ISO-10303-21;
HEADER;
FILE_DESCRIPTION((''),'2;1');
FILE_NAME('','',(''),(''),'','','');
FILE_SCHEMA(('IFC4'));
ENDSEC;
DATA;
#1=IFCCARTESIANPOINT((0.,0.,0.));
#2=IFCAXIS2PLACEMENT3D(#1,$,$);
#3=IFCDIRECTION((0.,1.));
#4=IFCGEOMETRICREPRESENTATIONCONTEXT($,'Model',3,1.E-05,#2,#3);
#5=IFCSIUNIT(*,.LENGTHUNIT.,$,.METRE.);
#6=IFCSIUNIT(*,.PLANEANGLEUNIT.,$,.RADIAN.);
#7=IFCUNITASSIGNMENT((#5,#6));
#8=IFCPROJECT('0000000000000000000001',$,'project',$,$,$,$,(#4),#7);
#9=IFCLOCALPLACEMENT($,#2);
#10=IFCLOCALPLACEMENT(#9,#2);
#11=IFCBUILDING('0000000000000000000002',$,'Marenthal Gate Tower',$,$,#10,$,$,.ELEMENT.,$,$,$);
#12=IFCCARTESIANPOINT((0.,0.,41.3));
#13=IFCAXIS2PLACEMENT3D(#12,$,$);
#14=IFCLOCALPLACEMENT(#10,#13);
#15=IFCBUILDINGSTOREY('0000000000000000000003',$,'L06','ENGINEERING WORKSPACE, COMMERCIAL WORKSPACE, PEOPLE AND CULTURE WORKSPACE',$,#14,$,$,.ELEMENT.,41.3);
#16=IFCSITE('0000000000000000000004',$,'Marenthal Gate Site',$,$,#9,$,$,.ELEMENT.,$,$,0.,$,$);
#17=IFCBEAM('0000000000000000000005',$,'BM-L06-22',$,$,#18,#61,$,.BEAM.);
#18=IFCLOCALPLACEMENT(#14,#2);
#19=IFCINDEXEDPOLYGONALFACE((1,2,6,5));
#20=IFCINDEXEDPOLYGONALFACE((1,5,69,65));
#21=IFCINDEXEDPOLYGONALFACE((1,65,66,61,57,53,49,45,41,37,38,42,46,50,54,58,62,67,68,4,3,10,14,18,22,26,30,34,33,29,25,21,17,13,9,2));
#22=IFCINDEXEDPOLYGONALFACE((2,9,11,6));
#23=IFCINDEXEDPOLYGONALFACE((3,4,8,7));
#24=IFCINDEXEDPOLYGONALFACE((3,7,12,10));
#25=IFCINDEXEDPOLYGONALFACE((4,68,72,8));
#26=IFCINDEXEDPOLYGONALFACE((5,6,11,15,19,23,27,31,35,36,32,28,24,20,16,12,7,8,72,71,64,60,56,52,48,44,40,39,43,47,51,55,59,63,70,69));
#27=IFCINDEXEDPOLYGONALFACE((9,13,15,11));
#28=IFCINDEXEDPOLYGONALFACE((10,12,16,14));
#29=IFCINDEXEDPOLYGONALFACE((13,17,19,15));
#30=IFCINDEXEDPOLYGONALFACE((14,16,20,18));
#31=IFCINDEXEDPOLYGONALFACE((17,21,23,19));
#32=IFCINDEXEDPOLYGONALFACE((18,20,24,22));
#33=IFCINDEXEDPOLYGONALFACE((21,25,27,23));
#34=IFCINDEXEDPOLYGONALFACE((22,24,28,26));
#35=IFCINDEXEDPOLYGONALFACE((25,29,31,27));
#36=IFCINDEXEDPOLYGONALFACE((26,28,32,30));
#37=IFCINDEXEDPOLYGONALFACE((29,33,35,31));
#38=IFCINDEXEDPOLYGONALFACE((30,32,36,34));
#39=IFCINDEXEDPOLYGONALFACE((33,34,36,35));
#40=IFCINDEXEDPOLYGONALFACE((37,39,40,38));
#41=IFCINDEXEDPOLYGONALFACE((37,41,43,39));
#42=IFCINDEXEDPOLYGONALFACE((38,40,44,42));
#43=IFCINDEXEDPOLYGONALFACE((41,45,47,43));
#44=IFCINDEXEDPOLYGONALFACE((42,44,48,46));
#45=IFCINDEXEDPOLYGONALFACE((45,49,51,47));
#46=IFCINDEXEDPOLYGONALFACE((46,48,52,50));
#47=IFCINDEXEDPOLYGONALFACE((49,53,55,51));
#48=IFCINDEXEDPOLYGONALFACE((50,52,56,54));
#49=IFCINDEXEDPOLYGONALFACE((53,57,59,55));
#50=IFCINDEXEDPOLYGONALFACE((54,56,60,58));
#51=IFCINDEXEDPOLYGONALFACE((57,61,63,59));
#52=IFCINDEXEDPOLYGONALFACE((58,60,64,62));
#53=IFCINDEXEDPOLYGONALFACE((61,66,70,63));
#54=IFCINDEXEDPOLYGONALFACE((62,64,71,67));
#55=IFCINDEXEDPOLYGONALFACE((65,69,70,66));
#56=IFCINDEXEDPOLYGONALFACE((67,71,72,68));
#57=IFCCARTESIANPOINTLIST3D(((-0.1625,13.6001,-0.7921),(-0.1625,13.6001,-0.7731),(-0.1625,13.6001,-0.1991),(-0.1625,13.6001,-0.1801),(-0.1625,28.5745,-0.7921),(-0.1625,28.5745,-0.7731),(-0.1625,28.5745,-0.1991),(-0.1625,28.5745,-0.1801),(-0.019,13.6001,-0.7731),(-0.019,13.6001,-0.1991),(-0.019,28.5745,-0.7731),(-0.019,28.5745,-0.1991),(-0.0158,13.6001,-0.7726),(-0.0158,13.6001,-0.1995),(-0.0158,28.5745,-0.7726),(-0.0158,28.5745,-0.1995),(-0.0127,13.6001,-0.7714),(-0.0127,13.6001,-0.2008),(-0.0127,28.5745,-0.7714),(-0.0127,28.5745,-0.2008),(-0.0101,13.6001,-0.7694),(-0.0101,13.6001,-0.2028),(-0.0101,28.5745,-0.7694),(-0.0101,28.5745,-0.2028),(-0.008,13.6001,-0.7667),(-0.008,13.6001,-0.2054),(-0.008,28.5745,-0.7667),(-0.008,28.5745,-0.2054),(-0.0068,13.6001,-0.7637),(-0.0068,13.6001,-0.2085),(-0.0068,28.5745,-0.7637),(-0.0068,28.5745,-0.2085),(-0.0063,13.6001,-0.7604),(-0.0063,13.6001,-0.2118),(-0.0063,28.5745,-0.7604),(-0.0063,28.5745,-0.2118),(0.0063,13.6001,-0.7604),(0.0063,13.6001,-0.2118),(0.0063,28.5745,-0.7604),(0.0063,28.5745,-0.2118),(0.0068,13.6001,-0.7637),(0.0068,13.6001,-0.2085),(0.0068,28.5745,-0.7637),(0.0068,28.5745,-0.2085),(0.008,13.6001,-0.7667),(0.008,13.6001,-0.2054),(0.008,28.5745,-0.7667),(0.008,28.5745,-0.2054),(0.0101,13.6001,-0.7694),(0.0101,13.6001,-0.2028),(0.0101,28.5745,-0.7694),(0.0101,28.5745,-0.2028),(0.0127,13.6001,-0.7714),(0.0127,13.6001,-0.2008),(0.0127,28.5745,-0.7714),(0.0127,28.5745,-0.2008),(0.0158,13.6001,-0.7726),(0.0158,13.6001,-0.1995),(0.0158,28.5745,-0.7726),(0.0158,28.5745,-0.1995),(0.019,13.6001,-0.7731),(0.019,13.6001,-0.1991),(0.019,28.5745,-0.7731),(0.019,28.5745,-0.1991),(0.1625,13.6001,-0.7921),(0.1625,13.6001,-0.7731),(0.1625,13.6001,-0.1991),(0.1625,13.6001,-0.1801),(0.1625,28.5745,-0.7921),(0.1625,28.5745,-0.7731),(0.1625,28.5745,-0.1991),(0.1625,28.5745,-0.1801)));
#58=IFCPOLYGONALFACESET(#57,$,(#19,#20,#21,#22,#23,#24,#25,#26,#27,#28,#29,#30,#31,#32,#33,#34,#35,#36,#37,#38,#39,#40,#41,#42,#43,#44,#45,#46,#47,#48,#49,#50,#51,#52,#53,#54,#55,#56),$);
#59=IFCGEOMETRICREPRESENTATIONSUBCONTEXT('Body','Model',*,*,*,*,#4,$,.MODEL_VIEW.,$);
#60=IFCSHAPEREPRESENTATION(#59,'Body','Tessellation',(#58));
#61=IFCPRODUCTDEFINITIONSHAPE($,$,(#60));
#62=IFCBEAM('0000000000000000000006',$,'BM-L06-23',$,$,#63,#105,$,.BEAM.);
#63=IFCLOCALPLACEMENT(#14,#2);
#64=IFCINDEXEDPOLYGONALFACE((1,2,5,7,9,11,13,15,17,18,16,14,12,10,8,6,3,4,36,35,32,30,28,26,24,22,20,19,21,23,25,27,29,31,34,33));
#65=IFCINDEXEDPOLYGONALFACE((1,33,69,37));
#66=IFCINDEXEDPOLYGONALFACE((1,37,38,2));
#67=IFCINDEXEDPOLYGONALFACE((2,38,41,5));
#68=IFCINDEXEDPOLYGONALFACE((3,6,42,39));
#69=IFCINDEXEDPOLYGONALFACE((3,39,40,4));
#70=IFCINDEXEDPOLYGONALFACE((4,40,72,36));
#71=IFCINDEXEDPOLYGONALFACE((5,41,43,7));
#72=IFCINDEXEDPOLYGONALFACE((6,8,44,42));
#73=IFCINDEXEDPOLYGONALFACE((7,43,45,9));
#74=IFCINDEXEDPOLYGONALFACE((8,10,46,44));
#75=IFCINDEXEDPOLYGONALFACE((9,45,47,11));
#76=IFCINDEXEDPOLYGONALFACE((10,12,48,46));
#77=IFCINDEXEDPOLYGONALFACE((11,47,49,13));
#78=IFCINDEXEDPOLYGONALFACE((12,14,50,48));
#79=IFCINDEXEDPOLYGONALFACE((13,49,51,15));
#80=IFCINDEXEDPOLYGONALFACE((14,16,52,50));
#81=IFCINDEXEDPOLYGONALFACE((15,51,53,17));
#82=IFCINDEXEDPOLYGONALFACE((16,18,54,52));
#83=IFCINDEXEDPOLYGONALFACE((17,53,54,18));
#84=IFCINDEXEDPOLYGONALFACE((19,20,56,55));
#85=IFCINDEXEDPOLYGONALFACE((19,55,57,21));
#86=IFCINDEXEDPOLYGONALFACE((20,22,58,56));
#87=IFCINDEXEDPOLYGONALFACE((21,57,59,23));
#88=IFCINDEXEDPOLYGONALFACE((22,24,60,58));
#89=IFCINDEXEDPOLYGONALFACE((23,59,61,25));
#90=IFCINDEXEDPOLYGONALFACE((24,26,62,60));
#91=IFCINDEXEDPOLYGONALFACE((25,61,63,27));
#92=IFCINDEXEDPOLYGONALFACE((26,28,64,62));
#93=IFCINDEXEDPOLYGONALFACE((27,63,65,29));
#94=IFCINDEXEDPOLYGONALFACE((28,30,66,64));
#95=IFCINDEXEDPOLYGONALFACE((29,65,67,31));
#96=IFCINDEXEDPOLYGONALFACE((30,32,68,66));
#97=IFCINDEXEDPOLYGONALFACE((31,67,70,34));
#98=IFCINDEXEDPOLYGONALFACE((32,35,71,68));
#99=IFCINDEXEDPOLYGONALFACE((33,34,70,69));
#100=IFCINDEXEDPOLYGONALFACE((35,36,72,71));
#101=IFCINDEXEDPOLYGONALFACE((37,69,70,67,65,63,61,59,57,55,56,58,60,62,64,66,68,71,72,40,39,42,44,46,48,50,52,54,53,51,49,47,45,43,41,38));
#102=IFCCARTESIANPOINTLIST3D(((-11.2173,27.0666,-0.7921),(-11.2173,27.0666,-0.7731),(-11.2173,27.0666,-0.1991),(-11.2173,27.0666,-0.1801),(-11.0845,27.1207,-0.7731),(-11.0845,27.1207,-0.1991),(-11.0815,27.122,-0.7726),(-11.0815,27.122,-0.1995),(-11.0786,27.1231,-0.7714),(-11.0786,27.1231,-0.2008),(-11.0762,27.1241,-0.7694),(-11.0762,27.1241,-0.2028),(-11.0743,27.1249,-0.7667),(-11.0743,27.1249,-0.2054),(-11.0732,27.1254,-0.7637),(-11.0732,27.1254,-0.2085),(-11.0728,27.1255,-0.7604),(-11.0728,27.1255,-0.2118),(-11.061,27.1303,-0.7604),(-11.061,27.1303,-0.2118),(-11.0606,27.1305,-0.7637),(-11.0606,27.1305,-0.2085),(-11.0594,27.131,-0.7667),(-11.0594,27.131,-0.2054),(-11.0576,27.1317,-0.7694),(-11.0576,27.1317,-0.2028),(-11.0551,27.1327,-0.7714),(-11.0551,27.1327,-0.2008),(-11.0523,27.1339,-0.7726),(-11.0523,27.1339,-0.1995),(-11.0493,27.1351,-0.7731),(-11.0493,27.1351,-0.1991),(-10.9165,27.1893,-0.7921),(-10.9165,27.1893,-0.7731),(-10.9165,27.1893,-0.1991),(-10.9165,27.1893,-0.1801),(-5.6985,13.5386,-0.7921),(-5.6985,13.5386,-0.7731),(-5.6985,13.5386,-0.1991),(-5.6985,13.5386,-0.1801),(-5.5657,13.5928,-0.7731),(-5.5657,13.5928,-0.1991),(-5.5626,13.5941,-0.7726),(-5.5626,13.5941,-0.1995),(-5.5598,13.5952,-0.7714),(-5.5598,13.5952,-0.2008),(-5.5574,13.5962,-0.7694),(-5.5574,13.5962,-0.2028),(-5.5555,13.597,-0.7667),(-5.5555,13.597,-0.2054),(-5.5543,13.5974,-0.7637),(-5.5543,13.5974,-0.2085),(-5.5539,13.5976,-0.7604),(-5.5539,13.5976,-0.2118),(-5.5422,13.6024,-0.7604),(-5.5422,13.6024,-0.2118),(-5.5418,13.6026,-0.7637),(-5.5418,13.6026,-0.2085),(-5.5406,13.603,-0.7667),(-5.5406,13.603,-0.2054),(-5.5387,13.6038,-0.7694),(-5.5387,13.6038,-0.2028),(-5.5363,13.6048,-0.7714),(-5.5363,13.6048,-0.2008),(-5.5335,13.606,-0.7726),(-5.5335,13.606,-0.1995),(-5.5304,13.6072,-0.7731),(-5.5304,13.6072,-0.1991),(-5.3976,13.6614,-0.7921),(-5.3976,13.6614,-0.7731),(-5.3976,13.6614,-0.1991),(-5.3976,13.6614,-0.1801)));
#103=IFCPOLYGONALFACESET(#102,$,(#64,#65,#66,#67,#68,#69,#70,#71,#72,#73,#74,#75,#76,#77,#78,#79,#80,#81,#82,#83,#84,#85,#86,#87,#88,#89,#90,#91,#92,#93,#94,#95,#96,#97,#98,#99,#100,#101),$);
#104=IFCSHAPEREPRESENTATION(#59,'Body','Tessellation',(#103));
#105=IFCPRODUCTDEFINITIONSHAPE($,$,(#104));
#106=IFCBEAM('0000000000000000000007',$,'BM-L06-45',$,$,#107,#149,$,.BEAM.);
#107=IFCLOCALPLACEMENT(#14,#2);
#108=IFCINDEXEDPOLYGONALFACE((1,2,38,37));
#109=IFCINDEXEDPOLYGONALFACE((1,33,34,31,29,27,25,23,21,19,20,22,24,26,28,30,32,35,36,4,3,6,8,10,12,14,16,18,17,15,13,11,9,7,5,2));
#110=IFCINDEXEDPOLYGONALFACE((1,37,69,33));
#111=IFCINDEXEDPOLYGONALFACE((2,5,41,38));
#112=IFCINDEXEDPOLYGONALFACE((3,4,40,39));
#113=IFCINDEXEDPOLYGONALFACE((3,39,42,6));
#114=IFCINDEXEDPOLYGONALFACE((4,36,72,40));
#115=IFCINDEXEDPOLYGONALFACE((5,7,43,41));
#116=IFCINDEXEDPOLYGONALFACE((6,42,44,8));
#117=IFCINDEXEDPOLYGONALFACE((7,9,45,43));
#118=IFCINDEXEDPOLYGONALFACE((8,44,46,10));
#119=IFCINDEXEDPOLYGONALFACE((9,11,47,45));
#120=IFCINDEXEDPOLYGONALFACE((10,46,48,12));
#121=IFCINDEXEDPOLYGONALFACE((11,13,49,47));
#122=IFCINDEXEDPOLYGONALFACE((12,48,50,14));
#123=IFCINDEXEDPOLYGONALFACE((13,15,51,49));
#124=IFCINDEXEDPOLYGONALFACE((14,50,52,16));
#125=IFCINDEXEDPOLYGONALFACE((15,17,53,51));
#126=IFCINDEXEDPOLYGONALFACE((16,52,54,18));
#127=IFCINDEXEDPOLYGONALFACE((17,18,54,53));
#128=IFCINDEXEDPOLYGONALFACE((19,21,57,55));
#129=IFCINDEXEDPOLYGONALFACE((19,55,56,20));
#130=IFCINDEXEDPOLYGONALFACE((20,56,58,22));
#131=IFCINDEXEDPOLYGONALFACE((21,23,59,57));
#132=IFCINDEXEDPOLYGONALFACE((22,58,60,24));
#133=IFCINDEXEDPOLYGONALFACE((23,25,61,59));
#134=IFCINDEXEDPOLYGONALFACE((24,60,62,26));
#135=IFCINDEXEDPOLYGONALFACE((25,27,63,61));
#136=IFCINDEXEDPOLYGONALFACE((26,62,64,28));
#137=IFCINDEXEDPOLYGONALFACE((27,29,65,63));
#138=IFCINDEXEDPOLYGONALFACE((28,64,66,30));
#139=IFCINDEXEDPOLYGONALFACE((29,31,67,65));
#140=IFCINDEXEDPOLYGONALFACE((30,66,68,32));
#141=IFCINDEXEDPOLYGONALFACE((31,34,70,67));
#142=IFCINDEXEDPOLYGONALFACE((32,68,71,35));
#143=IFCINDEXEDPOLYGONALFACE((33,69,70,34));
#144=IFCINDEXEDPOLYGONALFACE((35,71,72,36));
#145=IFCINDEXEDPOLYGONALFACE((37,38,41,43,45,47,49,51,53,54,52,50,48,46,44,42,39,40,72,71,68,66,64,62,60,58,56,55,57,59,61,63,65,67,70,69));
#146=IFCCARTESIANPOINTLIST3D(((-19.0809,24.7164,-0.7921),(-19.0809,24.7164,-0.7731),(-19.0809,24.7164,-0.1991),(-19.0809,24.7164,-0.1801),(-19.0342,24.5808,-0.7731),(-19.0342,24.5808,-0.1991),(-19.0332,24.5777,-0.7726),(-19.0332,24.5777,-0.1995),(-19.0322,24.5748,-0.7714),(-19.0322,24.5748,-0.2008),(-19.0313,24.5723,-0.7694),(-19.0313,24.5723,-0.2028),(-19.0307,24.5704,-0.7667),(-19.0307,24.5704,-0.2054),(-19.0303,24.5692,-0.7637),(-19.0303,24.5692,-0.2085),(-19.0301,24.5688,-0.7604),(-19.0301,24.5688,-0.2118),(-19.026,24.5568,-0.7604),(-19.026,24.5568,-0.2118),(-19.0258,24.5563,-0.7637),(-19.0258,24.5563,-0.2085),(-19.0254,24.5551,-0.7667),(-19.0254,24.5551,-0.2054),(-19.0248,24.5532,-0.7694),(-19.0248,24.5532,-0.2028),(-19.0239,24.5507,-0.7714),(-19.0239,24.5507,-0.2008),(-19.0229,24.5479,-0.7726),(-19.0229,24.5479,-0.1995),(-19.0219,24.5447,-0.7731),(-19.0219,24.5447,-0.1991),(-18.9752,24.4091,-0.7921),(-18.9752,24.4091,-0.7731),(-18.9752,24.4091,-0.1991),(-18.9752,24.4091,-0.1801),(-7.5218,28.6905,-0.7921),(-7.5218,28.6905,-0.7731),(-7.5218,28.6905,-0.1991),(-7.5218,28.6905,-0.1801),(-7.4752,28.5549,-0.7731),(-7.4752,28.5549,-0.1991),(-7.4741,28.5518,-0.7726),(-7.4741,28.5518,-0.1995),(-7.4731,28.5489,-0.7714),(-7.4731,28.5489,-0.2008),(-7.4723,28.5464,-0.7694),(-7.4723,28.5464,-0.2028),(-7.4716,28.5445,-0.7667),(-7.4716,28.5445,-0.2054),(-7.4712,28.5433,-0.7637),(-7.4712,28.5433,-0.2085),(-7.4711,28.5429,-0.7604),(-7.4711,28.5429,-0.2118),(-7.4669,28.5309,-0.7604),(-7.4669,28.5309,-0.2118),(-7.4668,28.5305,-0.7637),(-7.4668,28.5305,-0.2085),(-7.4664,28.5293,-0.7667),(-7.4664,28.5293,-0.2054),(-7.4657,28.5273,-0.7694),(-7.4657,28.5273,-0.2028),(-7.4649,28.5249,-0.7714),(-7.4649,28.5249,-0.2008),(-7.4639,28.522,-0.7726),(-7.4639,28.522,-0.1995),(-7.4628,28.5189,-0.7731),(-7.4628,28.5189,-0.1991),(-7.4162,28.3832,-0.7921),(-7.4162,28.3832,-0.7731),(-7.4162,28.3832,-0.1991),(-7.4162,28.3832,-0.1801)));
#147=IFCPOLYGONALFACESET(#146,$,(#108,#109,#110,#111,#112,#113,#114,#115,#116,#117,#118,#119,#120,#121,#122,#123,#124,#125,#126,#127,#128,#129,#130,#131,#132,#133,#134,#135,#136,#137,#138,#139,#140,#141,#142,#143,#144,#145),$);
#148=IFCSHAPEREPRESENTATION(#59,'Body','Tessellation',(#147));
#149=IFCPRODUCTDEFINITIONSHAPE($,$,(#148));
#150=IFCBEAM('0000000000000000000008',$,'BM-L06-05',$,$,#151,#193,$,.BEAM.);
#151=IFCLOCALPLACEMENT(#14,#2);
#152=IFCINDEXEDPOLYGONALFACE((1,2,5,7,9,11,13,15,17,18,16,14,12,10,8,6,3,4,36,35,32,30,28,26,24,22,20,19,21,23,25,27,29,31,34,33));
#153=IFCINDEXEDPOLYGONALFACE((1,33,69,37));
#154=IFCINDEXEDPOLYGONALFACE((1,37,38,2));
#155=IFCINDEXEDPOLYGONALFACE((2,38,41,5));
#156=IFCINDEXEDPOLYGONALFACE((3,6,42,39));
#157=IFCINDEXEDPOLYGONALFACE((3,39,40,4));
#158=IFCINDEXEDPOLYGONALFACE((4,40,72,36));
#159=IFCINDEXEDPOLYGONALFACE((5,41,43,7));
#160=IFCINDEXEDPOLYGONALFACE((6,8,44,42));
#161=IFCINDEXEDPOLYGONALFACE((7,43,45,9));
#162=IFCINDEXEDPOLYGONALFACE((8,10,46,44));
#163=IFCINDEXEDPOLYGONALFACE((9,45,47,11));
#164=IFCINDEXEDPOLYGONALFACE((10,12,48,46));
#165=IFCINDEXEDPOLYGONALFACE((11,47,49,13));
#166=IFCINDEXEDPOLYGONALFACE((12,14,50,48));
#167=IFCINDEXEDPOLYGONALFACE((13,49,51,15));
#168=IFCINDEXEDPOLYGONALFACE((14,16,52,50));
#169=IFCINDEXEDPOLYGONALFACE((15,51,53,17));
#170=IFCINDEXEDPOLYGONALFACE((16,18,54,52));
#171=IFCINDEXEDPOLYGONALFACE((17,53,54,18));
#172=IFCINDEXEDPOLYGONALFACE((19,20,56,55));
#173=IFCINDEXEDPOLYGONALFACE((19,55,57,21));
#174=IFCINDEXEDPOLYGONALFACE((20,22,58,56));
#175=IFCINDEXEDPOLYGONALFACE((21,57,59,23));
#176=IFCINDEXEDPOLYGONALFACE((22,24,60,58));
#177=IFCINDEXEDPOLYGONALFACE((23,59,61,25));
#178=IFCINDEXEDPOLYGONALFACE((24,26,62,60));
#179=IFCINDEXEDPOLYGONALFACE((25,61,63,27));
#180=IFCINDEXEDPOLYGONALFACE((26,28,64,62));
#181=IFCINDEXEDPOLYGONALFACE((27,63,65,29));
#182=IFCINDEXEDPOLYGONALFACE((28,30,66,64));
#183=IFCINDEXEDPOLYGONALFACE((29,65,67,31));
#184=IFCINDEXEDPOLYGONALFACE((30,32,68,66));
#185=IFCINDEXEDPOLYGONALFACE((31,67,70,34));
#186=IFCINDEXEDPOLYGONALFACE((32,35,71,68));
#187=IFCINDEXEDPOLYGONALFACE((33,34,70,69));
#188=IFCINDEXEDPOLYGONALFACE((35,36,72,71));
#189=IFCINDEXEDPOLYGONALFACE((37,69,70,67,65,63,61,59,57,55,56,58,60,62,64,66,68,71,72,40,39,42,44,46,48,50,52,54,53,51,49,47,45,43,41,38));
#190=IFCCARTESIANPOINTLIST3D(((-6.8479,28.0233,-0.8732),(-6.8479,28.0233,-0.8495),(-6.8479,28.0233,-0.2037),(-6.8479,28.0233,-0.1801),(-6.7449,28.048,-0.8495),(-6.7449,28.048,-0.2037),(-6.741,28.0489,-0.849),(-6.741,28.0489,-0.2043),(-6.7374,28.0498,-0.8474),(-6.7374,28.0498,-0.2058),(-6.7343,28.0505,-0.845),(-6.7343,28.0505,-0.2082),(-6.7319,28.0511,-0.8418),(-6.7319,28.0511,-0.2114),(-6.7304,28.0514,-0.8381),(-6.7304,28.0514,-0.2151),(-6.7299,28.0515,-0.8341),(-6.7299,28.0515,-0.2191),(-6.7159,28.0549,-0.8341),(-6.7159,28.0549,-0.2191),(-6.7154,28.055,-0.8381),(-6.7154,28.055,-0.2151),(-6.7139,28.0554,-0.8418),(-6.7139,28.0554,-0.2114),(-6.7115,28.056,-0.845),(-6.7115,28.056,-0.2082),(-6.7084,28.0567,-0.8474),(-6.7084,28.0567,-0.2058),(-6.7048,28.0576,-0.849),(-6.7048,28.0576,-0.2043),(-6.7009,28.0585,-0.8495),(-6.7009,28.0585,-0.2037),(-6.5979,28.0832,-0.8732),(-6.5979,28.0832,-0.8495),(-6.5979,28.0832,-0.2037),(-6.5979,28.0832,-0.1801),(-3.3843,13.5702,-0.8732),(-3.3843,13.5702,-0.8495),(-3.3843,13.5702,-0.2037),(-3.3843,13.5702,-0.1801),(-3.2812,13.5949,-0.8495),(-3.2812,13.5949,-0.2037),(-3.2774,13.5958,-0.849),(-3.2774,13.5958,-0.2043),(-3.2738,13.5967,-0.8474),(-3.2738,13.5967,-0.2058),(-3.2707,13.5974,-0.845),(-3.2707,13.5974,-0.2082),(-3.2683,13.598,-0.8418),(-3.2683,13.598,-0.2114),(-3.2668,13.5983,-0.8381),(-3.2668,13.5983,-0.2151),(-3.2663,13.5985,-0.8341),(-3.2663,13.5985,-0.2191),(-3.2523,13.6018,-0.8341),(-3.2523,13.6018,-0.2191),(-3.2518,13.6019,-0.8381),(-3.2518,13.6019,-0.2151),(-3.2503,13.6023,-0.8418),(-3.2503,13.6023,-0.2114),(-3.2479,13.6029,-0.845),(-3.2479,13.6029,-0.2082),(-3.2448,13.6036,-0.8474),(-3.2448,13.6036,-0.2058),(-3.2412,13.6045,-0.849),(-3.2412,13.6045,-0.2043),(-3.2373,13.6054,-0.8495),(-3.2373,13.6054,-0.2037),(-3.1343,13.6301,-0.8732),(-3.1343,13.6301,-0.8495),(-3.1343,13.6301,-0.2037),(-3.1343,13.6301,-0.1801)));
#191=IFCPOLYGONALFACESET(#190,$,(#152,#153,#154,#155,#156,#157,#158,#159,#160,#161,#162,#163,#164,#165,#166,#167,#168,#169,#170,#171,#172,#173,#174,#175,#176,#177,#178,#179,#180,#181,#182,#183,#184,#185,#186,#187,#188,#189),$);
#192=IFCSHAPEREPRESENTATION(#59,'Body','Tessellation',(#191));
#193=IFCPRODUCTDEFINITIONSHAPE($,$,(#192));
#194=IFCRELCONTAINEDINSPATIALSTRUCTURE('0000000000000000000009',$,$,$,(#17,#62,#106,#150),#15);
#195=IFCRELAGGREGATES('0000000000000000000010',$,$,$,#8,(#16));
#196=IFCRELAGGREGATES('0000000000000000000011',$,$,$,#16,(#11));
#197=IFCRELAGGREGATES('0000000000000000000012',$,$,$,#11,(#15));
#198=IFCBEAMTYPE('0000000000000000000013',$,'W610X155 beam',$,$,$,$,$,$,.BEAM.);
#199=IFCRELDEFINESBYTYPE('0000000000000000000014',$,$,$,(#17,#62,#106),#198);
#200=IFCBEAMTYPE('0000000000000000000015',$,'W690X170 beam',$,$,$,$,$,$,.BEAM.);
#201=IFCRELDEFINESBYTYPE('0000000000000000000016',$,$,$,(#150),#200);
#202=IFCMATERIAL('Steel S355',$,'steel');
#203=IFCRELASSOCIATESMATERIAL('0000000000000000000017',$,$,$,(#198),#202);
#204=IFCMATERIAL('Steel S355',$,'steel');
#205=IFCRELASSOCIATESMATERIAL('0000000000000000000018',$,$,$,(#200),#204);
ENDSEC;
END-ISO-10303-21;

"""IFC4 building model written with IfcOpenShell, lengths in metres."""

from ifc_helpers import new_model, si_unit, direction, frame, origin, origin_2d, place, context, subcontext, project, spatial, i_section, extrude, material, material_profile, profile_set, type_object, element, save


model = new_model("IFC4")

# Units and contexts
model_context = context("Model", 3, precision=1e-05, world=origin(), true_north=direction((0.0, 1.0)))
body_context = subcontext(model_context, "Body", "Model", "MODEL_VIEW")
ifc_project = project(units=[si_unit("LENGTHUNIT", "METRE"), si_unit("PLANEANGLEUNIT", "RADIAN")], contexts=[model_context])

# Site, building, storey
site_placement = place(None, origin())
site = spatial("IfcSite", under=ifc_project, at=site_placement, Name="Marenthal Gate Site", CompositionType="ELEMENT", RefElevation=0.0)
building_placement = place(site_placement, origin())
building = spatial("IfcBuilding", under=site, at=building_placement, Name="Marenthal Gate Tower", CompositionType="ELEMENT")
storey_placement = place(building_placement, frame((0.0, 0.0, 41.3)))
storey = spatial("IfcBuildingStorey", under=building, at=storey_placement, Name="L06", Description="ENGINEERING WORKSPACE, COMMERCIAL WORKSPACE, PEOPLE AND CULTURE WORKSPACE", CompositionType="ELEMENT", Elevation=41.3)

# Beams
ifc_material_1 = material(Name="Steel S355", Category="steel")
ifc_material_profile_1 = material_profile(ifc_material_1, i_section(OverallWidth=0.325, OverallDepth=0.6121, WebThickness=0.0127, FlangeThickness=0.019, FilletRadius=0.0127, at=origin_2d()), Name="W610X155")
ifc_profile_set_1 = profile_set([ifc_material_profile_1], Name="Steel S355")
beam_type_1 = type_object("IfcBeamType", Name="W610X155 beam", PredefinedType="BEAM", material=ifc_profile_set_1)
beam_1_placement = place(storey_placement, frame((0.0, 28.5745, -0.4861), z_axis=(0.0, -1.0, 0.0), x_axis=(1.0, 0.0, 0.0)))
element("IfcBeam", 1, at=beam_1_placement, inside=storey, type_object=beam_type_1, Name="BM-L06-22", PredefinedType="BEAM", context=body_context, shape_type="SweptSolid", body=[
    extrude(i_section(OverallWidth=0.325, OverallDepth=0.6121, WebThickness=0.0127, FlangeThickness=0.019, FilletRadius=0.0127, at=origin_2d()), origin(), (0.0, 0.0, 1.0), 14.9744),
])
beam_2_placement = place(storey_placement, frame((-11.0669, 27.1279, -0.4861), z_axis=(0.377735, -0.925914, 0.0), x_axis=(0.925914, 0.377735, 0.0)))
element("IfcBeam", 2, at=beam_2_placement, inside=storey, type_object=beam_type_1, Name="BM-L06-23", PredefinedType="BEAM", context=body_context, shape_type="SweptSolid", body=[
    extrude(i_section(OverallWidth=0.325, OverallDepth=0.6121, WebThickness=0.0127, FlangeThickness=0.019, FilletRadius=0.0127, at=origin_2d()), origin(), (0.0, 0.0, 1.0), 14.6104),
])
beam_3_placement = place(storey_placement, frame((-7.469, 28.5369, -0.4861), z_axis=(-0.945669, -0.32513, 0.0), x_axis=(0.32513, -0.945669, 0.0)))
element("IfcBeam", 3, at=beam_3_placement, inside=storey, type_object=beam_type_1, Name="BM-L06-45", PredefinedType="BEAM", context=body_context, shape_type="SweptSolid", body=[
    extrude(i_section(OverallWidth=0.325, OverallDepth=0.6121, WebThickness=0.0127, FlangeThickness=0.019, FilletRadius=0.0127, at=origin_2d()), origin(), (0.0, 0.0, 1.0), 12.2231),
])
ifc_material_2 = material(Name="Steel S355", Category="steel")
ifc_material_profile_2 = material_profile(ifc_material_2, i_section(OverallWidth=0.2571, OverallDepth=0.6931, WebThickness=0.0144, FlangeThickness=0.0237, FilletRadius=0.0154, at=origin_2d()), Name="W690X170")
ifc_profile_set_2 = profile_set([ifc_material_profile_2], Name="Steel S355")
beam_type_2 = type_object("IfcBeamType", Name="W690X170 beam", PredefinedType="BEAM", material=ifc_profile_set_2)
beam_4_placement = place(storey_placement, frame((-6.7229, 28.0532, -0.5266), z_axis=(0.233047, -0.972466, 0.0), x_axis=(0.972466, 0.233047, 0.0)))
element("IfcBeam", 4, at=beam_4_placement, inside=storey, type_object=beam_type_2, Name="BM-L06-05", PredefinedType="BEAM", context=body_context, shape_type="SweptSolid", body=[
    extrude(i_section(OverallWidth=0.2571, OverallDepth=0.6931, WebThickness=0.0144, FlangeThickness=0.0237, FilletRadius=0.0154, at=origin_2d()), origin(), (0.0, 0.0, 1.0), 14.8623),
])

save(model, "model.ifc")
